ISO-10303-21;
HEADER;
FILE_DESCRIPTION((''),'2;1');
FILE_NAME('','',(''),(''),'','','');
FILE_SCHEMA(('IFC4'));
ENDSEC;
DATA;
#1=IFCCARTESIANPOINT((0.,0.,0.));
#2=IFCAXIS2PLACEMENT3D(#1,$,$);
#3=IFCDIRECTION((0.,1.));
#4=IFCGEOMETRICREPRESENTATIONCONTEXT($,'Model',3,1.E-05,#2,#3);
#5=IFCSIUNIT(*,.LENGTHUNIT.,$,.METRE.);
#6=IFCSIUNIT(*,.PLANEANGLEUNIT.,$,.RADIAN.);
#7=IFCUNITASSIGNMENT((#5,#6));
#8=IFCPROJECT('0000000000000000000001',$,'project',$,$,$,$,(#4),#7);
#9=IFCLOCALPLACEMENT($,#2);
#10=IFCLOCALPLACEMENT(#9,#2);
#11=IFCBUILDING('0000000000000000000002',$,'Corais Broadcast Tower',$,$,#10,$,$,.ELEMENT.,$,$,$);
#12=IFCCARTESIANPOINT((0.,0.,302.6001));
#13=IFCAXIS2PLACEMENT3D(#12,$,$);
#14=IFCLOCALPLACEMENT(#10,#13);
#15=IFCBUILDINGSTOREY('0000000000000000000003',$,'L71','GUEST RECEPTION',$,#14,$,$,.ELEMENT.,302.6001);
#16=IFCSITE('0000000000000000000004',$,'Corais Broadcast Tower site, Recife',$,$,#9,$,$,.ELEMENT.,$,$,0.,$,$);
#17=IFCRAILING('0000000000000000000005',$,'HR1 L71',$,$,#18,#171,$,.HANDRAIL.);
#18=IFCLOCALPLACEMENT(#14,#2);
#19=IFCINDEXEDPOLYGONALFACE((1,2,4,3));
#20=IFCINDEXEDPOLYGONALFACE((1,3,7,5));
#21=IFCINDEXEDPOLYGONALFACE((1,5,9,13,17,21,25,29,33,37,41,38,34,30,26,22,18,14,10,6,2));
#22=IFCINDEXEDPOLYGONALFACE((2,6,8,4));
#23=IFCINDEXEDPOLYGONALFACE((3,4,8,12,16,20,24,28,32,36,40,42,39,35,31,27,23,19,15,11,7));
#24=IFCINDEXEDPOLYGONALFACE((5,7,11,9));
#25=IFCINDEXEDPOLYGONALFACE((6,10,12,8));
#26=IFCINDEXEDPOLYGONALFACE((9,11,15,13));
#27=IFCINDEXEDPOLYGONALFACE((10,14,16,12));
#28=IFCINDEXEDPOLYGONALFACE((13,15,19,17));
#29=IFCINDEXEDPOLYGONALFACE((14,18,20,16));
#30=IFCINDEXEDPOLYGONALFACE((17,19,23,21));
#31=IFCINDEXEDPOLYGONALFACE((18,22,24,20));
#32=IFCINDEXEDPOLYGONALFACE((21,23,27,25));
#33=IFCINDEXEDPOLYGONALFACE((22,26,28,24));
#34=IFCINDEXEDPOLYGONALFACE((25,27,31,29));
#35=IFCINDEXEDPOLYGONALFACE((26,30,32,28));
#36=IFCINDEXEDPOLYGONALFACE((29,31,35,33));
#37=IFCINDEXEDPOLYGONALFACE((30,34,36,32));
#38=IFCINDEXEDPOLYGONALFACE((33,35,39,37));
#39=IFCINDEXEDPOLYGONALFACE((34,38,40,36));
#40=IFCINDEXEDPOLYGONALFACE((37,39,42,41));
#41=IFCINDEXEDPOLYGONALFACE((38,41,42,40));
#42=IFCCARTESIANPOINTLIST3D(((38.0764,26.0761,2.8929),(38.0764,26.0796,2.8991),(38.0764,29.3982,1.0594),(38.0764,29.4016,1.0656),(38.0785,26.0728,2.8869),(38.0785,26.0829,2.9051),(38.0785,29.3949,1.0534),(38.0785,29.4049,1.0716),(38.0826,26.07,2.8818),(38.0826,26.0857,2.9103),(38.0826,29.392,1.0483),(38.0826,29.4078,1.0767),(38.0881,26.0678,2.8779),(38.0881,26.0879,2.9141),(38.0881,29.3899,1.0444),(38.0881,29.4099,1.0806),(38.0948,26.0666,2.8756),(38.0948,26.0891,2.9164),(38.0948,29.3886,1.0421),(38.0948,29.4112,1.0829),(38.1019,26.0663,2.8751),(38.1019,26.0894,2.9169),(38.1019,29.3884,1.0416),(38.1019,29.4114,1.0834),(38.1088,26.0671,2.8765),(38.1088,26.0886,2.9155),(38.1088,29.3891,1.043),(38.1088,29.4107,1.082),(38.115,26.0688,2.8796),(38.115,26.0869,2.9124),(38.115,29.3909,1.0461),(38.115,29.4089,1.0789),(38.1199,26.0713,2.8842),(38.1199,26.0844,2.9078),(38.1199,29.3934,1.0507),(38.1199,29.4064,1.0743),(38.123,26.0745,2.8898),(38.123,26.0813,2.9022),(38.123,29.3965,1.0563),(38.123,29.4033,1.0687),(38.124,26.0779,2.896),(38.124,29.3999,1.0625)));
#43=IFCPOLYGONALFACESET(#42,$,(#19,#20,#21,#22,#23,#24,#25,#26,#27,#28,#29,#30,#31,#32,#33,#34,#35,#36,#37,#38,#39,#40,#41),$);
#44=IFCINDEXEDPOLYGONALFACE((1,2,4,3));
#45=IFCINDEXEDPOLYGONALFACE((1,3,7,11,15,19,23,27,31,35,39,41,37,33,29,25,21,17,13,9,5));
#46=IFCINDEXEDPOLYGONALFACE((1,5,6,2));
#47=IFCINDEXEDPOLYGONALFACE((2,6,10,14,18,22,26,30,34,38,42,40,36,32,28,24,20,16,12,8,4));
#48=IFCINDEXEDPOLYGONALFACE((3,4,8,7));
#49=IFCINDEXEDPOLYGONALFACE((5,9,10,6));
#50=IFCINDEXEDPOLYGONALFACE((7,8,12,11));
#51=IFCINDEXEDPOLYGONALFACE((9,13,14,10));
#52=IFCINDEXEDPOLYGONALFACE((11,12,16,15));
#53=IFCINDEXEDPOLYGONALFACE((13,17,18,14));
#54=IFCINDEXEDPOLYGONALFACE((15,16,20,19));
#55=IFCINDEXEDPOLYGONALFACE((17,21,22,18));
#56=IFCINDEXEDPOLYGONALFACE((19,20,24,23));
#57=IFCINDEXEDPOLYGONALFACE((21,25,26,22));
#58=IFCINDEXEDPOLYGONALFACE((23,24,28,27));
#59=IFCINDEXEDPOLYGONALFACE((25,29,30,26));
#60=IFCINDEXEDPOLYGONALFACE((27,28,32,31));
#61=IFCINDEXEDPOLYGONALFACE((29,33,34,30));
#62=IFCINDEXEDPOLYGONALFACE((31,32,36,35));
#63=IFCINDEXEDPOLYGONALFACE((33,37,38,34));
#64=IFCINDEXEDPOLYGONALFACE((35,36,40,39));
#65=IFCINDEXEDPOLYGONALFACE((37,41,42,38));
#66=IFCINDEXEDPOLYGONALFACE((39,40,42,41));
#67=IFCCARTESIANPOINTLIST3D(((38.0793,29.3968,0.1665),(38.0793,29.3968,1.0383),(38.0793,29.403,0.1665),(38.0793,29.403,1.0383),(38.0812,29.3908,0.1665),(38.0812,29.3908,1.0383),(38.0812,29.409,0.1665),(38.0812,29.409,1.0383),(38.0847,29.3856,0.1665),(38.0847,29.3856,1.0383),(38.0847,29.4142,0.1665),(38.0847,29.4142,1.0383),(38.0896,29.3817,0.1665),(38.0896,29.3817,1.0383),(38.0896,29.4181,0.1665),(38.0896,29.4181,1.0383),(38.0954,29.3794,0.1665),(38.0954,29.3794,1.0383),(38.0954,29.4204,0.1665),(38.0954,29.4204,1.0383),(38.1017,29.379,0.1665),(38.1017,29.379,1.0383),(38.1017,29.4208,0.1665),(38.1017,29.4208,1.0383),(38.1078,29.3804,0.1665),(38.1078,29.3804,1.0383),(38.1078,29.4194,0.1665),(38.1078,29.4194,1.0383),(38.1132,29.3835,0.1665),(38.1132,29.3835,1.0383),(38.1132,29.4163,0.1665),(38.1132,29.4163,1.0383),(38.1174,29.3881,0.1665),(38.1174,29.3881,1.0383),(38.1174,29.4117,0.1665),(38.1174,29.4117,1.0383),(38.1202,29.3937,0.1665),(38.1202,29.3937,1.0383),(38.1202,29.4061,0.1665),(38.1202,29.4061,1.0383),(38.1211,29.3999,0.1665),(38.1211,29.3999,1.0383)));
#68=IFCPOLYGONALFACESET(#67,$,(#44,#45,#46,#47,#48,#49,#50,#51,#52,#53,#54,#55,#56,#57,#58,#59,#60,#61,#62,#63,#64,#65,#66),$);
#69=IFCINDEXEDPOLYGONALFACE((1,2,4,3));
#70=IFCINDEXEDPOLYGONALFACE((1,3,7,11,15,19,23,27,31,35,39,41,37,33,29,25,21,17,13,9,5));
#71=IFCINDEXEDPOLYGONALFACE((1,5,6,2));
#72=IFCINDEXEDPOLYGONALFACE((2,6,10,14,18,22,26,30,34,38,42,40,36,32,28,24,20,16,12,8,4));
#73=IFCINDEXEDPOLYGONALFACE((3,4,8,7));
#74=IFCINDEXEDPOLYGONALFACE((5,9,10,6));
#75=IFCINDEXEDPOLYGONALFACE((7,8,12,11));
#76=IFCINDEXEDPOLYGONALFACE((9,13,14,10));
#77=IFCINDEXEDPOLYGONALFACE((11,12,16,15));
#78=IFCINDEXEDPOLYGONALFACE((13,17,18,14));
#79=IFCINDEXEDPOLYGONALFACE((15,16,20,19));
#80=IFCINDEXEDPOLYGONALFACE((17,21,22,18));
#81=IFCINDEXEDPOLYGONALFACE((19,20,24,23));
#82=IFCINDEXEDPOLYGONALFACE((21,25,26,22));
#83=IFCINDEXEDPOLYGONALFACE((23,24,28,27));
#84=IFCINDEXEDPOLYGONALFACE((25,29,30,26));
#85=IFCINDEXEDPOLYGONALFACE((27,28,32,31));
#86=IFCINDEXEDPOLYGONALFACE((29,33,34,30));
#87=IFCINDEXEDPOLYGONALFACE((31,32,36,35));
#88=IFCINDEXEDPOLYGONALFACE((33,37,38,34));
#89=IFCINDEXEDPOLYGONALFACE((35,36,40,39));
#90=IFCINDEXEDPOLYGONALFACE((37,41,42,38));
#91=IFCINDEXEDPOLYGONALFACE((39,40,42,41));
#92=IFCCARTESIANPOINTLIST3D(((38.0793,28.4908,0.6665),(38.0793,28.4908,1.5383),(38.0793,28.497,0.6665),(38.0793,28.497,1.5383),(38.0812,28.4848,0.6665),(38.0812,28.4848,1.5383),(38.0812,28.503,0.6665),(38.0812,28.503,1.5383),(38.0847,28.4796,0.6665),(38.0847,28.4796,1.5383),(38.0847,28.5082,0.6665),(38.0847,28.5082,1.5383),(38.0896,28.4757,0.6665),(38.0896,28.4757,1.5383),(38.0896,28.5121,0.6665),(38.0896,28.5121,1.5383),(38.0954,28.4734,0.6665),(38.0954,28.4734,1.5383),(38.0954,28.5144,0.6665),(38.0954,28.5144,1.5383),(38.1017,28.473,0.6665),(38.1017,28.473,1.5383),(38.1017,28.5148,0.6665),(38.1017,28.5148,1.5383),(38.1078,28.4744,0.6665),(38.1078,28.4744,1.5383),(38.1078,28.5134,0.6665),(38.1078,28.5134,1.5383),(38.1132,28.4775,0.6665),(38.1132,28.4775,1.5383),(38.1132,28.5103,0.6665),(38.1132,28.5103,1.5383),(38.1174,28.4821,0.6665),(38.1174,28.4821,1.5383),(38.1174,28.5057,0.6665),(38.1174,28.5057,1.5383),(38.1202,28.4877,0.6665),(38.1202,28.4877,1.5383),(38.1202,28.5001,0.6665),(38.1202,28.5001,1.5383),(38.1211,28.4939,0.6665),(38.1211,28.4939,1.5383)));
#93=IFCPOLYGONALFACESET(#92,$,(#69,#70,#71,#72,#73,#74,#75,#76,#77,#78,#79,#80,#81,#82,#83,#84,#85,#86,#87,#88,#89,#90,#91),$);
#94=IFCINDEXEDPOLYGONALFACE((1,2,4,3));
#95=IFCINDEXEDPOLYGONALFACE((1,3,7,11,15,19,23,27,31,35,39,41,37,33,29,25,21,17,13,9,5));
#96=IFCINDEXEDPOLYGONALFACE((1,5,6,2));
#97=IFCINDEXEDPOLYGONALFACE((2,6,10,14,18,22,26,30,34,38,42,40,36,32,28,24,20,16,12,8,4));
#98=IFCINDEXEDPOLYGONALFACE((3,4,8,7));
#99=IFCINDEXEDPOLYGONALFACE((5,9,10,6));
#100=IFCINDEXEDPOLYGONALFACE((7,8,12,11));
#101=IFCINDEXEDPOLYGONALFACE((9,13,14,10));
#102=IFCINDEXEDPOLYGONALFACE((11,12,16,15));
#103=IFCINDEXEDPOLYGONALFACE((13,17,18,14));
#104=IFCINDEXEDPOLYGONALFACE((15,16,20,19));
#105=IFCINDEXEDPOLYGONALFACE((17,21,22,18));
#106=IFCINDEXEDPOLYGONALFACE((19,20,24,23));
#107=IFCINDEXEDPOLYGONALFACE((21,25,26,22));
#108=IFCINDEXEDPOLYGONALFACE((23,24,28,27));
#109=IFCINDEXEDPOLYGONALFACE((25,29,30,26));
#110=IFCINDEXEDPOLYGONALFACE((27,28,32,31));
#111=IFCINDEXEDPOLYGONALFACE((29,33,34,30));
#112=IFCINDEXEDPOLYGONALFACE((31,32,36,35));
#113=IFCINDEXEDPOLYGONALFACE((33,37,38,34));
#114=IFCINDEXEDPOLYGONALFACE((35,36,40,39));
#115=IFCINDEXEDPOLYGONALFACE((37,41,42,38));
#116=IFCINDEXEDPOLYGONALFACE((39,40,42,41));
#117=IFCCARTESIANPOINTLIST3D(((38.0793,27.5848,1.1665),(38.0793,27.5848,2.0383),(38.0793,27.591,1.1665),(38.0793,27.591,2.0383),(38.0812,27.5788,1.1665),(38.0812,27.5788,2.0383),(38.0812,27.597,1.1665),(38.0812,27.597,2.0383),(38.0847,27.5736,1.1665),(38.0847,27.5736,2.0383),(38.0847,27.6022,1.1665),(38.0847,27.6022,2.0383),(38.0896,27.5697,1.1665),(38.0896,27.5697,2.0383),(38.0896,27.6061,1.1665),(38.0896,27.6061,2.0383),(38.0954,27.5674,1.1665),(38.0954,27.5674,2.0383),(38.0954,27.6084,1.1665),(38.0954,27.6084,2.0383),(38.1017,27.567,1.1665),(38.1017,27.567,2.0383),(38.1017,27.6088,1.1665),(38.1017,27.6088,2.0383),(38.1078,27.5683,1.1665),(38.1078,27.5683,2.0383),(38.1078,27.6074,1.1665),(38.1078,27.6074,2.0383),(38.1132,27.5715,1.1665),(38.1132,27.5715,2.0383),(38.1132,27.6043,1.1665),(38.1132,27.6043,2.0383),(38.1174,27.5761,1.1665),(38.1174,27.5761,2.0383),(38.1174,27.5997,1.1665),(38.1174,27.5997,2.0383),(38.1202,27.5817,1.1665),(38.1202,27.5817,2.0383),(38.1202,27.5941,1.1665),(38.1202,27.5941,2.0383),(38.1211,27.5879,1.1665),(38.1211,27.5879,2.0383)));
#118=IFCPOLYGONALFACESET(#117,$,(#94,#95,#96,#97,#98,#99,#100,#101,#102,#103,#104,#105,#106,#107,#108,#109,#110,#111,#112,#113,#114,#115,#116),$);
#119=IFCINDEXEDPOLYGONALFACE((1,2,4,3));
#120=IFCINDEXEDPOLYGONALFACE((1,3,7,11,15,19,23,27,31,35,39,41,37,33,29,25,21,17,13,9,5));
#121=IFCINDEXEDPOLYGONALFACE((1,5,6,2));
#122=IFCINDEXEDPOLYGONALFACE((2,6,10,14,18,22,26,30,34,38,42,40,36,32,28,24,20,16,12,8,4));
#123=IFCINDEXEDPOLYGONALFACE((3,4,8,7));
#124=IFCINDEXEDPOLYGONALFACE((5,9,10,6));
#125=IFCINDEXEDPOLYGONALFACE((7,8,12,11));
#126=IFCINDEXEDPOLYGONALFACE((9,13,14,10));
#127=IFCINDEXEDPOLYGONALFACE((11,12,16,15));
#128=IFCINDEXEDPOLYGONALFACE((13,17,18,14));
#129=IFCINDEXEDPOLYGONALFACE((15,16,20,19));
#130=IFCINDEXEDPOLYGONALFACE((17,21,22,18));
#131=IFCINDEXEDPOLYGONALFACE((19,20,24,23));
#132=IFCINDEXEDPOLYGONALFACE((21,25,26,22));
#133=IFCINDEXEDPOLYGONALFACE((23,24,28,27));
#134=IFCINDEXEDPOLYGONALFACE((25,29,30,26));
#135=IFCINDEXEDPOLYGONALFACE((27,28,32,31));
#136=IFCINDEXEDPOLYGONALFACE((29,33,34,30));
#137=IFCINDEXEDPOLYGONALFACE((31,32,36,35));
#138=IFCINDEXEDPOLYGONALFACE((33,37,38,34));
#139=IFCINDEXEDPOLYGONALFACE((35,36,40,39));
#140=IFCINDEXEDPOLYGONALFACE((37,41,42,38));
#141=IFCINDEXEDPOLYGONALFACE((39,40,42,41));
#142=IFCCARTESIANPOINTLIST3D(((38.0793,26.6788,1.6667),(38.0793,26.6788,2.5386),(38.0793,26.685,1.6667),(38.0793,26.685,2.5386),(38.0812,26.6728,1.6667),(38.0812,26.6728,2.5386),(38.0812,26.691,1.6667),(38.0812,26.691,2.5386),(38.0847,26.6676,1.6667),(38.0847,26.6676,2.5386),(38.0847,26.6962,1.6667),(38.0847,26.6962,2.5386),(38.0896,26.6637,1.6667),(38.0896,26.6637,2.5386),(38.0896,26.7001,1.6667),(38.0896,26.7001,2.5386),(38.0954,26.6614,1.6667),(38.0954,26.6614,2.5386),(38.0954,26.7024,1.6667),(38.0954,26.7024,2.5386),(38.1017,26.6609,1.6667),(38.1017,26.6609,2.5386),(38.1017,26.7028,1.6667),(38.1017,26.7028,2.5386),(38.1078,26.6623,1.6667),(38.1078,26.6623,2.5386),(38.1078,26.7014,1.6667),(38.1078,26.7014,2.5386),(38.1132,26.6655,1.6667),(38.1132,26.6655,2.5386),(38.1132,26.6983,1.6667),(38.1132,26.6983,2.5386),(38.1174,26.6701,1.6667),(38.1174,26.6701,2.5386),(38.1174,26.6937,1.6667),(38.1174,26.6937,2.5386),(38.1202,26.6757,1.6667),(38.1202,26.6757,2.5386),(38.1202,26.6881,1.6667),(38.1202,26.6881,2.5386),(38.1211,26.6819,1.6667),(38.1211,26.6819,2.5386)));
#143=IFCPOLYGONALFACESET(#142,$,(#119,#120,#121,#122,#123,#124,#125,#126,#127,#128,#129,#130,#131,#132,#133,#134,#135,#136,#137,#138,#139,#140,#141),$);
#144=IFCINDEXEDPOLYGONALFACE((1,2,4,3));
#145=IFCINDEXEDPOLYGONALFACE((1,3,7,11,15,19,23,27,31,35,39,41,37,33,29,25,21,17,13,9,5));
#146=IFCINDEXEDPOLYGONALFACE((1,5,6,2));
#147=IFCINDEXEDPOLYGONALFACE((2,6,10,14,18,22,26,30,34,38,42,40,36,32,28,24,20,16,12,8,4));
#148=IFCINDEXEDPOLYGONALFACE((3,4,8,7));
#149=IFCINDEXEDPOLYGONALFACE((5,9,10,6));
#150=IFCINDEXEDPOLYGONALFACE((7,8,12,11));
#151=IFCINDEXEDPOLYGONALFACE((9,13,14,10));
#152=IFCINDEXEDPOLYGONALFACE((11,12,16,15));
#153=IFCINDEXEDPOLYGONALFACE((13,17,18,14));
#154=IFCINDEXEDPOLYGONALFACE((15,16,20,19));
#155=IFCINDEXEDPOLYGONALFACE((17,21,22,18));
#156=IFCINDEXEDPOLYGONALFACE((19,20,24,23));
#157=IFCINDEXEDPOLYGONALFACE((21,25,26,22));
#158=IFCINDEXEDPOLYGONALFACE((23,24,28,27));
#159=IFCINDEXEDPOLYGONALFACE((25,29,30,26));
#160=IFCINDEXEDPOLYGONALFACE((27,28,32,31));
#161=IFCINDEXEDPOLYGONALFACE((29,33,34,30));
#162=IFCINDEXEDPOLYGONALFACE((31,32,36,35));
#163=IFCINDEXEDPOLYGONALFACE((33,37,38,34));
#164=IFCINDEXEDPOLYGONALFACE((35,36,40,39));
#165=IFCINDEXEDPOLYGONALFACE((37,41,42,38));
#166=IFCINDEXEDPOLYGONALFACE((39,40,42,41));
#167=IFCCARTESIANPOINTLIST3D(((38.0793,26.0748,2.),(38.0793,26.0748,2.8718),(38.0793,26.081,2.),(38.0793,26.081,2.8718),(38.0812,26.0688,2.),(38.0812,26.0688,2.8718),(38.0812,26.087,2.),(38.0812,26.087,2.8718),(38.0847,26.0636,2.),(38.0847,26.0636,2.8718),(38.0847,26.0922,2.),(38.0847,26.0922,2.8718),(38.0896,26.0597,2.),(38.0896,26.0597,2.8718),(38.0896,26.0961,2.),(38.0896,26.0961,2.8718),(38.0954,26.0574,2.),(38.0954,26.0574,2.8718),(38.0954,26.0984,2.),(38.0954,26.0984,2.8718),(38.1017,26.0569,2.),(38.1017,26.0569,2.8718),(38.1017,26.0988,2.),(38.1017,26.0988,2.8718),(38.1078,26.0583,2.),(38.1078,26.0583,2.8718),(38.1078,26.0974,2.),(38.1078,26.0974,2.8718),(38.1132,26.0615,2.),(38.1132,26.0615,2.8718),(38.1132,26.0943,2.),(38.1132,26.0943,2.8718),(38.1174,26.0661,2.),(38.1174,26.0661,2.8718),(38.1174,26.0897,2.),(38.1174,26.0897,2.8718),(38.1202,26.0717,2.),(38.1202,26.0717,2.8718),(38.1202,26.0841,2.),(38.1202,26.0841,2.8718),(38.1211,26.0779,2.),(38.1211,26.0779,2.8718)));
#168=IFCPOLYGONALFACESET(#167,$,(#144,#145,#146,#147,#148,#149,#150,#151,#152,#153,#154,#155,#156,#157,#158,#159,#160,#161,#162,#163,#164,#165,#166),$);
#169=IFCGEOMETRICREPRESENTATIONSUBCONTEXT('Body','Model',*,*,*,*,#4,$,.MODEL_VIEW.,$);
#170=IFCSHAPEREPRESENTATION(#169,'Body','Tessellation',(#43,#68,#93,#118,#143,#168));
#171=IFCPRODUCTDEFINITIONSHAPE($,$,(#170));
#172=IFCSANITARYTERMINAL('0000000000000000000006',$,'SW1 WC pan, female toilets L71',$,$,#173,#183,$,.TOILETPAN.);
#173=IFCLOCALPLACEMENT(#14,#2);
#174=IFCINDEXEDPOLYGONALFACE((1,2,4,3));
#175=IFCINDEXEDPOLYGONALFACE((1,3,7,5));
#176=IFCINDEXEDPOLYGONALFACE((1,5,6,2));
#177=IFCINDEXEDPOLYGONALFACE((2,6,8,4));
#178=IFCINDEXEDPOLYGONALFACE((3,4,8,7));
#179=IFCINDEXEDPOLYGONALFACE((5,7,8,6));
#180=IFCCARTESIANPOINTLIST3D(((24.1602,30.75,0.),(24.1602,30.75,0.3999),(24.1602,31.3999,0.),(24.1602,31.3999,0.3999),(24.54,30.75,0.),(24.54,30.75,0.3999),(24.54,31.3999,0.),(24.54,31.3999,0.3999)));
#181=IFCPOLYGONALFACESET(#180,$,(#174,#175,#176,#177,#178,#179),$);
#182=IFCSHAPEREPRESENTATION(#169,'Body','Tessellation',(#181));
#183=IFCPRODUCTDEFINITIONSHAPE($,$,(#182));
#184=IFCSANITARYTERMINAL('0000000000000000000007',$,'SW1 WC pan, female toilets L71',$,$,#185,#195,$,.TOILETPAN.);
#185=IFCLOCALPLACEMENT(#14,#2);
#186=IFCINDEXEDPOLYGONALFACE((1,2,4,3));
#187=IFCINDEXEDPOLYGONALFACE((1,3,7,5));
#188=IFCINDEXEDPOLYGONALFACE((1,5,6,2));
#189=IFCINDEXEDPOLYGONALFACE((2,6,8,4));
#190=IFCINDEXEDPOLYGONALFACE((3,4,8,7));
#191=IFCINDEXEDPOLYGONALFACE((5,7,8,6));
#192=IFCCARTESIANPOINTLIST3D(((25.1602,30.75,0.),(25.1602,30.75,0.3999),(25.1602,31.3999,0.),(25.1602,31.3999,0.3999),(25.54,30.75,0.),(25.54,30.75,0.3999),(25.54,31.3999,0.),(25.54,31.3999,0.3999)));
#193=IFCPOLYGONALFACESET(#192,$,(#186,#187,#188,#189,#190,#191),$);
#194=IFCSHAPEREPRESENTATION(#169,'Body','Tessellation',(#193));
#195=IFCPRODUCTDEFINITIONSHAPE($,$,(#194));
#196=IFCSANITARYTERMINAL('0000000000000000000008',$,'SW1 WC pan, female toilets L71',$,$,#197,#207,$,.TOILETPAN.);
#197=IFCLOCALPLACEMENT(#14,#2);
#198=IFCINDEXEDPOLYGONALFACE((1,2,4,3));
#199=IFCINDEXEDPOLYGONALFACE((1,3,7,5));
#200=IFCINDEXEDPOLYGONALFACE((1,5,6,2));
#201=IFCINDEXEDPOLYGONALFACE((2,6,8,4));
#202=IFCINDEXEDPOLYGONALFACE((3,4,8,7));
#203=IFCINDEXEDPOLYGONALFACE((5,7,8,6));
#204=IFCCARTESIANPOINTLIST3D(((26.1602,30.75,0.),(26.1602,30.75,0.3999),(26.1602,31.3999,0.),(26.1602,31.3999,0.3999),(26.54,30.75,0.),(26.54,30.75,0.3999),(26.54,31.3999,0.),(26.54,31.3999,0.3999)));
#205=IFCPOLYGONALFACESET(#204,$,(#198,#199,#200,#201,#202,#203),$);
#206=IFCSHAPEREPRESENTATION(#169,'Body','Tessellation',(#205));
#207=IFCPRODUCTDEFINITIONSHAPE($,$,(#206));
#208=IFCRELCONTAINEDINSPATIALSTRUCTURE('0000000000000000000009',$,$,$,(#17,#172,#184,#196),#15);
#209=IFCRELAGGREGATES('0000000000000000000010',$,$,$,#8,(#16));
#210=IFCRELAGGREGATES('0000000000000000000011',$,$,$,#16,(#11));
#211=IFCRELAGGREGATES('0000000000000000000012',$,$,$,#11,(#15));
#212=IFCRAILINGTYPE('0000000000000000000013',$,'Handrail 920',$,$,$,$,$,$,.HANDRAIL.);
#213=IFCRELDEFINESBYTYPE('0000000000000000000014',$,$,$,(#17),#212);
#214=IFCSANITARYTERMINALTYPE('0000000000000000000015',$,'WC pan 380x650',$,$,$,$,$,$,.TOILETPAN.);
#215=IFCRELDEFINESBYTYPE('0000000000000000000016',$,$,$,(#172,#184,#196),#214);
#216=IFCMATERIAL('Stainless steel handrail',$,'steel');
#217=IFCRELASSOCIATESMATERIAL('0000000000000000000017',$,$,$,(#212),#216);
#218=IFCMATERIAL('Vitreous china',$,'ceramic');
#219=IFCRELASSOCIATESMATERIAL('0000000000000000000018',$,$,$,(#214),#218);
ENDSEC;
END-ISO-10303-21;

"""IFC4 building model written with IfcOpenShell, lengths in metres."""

from ifc_helpers import new_model, si_unit, direction, frame, origin, origin_2d, place, context, subcontext, project, spatial, rectangle, circle, extrude, material, type_object, element, save


model = new_model("IFC4")

# Units and contexts
model_context = context("Model", 3, precision=1e-05, world=origin(), true_north=direction((0.0, 1.0)))
body_context = subcontext(model_context, "Body", "Model", "MODEL_VIEW")
ifc_project = project(units=[si_unit("LENGTHUNIT", "METRE"), si_unit("PLANEANGLEUNIT", "RADIAN")], contexts=[model_context])

# Site, building, storey
site_placement = place(None, origin())
site = spatial("IfcSite", under=ifc_project, at=site_placement, Name="Corais Broadcast Tower site, Recife", CompositionType="ELEMENT", RefElevation=0.0)
building_placement = place(site_placement, origin())
building = spatial("IfcBuilding", under=site, at=building_placement, Name="Corais Broadcast Tower", CompositionType="ELEMENT")
storey_placement = place(building_placement, frame((0.0, 0.0, 302.6001)))
storey = spatial("IfcBuildingStorey", under=building, at=storey_placement, Name="L71", Description="GUEST RECEPTION", CompositionType="ELEMENT", Elevation=302.6001)

# Railing
ifc_material_1 = material(Name="Stainless steel handrail", Category="steel")
railing_type = type_object("IfcRailingType", Name="Handrail 920", PredefinedType="HANDRAIL", material=ifc_material_1)
for number, where, name in (
    (1, (38.1001, 29.3999, 0.1665), "HR1 L71"),
):
    element("IfcRailing", number, at=place(storey_placement, frame(where)), inside=storey, type_object=railing_type, Name=name, PredefinedType="HANDRAIL", context=body_context, shape_type="SweptSolid", body=[
        extrude(circle(Radius=0.0239, at=origin_2d()), frame((0.0, 0.0, 0.896), z_axis=(0.0, -0.875504, 0.48321), x_axis=(1.0, 0.0, 0.0)), (0.0, 0.0, 1.0), 3.7944),
        extrude(circle(Radius=0.021, at=origin_2d()), origin(), (0.0, 0.0, 1.0), 0.8718),
        extrude(circle(Radius=0.021, at=origin_2d()), frame((0.0, -0.906, 0.5)), (0.0, 0.0, 1.0), 0.8718),
        extrude(circle(Radius=0.021, at=origin_2d()), frame((0.0, -1.812, 1.0)), (0.0, 0.0, 1.0), 0.8718),
        extrude(circle(Radius=0.021, at=origin_2d()), frame((0.0, -2.718, 1.5002)), (0.0, 0.0, 1.0), 0.8718),
        extrude(circle(Radius=0.021, at=origin_2d()), frame((0.0, -3.322, 1.8335)), (0.0, 0.0, 1.0), 0.8718),
    ])

# Sanitary terminals
ifc_material_2 = material(Name="Vitreous china", Category="ceramic")
sanitary_terminal_type = type_object("IfcSanitaryTerminalType", Name="WC pan 380x650", PredefinedType="TOILETPAN", material=ifc_material_2)
for number, where, z_axis, x_axis, name in (
    (2, (24.3501, 31.075, 0.0), (0.0, 0.0, 1.0), (1.0, 0.0, 0.0), "SW1 WC pan, female toilets L71"),
    (3, (25.3501, 31.075, 0.0), (0.0, 0.0, 1.0), (1.0, 0.0, 0.0), "SW1 WC pan, female toilets L71"),
    (4, (26.3501, 31.075, 0.0), (0.0, 0.0, 1.0), (1.0, 0.0, 0.0), "SW1 WC pan, female toilets L71"),
):
    element("IfcSanitaryTerminal", number, at=place(storey_placement, frame(where, z_axis=z_axis, x_axis=x_axis)), inside=storey, type_object=sanitary_terminal_type, Name=name, PredefinedType="TOILETPAN", context=body_context, shape_type="SweptSolid", body=[
        extrude(rectangle(XDim=0.3799, YDim=0.6499, at=origin_2d()), origin(), (0.0, 0.0, 1.0), 0.3999),
    ])

save(model, "model.ifc")
